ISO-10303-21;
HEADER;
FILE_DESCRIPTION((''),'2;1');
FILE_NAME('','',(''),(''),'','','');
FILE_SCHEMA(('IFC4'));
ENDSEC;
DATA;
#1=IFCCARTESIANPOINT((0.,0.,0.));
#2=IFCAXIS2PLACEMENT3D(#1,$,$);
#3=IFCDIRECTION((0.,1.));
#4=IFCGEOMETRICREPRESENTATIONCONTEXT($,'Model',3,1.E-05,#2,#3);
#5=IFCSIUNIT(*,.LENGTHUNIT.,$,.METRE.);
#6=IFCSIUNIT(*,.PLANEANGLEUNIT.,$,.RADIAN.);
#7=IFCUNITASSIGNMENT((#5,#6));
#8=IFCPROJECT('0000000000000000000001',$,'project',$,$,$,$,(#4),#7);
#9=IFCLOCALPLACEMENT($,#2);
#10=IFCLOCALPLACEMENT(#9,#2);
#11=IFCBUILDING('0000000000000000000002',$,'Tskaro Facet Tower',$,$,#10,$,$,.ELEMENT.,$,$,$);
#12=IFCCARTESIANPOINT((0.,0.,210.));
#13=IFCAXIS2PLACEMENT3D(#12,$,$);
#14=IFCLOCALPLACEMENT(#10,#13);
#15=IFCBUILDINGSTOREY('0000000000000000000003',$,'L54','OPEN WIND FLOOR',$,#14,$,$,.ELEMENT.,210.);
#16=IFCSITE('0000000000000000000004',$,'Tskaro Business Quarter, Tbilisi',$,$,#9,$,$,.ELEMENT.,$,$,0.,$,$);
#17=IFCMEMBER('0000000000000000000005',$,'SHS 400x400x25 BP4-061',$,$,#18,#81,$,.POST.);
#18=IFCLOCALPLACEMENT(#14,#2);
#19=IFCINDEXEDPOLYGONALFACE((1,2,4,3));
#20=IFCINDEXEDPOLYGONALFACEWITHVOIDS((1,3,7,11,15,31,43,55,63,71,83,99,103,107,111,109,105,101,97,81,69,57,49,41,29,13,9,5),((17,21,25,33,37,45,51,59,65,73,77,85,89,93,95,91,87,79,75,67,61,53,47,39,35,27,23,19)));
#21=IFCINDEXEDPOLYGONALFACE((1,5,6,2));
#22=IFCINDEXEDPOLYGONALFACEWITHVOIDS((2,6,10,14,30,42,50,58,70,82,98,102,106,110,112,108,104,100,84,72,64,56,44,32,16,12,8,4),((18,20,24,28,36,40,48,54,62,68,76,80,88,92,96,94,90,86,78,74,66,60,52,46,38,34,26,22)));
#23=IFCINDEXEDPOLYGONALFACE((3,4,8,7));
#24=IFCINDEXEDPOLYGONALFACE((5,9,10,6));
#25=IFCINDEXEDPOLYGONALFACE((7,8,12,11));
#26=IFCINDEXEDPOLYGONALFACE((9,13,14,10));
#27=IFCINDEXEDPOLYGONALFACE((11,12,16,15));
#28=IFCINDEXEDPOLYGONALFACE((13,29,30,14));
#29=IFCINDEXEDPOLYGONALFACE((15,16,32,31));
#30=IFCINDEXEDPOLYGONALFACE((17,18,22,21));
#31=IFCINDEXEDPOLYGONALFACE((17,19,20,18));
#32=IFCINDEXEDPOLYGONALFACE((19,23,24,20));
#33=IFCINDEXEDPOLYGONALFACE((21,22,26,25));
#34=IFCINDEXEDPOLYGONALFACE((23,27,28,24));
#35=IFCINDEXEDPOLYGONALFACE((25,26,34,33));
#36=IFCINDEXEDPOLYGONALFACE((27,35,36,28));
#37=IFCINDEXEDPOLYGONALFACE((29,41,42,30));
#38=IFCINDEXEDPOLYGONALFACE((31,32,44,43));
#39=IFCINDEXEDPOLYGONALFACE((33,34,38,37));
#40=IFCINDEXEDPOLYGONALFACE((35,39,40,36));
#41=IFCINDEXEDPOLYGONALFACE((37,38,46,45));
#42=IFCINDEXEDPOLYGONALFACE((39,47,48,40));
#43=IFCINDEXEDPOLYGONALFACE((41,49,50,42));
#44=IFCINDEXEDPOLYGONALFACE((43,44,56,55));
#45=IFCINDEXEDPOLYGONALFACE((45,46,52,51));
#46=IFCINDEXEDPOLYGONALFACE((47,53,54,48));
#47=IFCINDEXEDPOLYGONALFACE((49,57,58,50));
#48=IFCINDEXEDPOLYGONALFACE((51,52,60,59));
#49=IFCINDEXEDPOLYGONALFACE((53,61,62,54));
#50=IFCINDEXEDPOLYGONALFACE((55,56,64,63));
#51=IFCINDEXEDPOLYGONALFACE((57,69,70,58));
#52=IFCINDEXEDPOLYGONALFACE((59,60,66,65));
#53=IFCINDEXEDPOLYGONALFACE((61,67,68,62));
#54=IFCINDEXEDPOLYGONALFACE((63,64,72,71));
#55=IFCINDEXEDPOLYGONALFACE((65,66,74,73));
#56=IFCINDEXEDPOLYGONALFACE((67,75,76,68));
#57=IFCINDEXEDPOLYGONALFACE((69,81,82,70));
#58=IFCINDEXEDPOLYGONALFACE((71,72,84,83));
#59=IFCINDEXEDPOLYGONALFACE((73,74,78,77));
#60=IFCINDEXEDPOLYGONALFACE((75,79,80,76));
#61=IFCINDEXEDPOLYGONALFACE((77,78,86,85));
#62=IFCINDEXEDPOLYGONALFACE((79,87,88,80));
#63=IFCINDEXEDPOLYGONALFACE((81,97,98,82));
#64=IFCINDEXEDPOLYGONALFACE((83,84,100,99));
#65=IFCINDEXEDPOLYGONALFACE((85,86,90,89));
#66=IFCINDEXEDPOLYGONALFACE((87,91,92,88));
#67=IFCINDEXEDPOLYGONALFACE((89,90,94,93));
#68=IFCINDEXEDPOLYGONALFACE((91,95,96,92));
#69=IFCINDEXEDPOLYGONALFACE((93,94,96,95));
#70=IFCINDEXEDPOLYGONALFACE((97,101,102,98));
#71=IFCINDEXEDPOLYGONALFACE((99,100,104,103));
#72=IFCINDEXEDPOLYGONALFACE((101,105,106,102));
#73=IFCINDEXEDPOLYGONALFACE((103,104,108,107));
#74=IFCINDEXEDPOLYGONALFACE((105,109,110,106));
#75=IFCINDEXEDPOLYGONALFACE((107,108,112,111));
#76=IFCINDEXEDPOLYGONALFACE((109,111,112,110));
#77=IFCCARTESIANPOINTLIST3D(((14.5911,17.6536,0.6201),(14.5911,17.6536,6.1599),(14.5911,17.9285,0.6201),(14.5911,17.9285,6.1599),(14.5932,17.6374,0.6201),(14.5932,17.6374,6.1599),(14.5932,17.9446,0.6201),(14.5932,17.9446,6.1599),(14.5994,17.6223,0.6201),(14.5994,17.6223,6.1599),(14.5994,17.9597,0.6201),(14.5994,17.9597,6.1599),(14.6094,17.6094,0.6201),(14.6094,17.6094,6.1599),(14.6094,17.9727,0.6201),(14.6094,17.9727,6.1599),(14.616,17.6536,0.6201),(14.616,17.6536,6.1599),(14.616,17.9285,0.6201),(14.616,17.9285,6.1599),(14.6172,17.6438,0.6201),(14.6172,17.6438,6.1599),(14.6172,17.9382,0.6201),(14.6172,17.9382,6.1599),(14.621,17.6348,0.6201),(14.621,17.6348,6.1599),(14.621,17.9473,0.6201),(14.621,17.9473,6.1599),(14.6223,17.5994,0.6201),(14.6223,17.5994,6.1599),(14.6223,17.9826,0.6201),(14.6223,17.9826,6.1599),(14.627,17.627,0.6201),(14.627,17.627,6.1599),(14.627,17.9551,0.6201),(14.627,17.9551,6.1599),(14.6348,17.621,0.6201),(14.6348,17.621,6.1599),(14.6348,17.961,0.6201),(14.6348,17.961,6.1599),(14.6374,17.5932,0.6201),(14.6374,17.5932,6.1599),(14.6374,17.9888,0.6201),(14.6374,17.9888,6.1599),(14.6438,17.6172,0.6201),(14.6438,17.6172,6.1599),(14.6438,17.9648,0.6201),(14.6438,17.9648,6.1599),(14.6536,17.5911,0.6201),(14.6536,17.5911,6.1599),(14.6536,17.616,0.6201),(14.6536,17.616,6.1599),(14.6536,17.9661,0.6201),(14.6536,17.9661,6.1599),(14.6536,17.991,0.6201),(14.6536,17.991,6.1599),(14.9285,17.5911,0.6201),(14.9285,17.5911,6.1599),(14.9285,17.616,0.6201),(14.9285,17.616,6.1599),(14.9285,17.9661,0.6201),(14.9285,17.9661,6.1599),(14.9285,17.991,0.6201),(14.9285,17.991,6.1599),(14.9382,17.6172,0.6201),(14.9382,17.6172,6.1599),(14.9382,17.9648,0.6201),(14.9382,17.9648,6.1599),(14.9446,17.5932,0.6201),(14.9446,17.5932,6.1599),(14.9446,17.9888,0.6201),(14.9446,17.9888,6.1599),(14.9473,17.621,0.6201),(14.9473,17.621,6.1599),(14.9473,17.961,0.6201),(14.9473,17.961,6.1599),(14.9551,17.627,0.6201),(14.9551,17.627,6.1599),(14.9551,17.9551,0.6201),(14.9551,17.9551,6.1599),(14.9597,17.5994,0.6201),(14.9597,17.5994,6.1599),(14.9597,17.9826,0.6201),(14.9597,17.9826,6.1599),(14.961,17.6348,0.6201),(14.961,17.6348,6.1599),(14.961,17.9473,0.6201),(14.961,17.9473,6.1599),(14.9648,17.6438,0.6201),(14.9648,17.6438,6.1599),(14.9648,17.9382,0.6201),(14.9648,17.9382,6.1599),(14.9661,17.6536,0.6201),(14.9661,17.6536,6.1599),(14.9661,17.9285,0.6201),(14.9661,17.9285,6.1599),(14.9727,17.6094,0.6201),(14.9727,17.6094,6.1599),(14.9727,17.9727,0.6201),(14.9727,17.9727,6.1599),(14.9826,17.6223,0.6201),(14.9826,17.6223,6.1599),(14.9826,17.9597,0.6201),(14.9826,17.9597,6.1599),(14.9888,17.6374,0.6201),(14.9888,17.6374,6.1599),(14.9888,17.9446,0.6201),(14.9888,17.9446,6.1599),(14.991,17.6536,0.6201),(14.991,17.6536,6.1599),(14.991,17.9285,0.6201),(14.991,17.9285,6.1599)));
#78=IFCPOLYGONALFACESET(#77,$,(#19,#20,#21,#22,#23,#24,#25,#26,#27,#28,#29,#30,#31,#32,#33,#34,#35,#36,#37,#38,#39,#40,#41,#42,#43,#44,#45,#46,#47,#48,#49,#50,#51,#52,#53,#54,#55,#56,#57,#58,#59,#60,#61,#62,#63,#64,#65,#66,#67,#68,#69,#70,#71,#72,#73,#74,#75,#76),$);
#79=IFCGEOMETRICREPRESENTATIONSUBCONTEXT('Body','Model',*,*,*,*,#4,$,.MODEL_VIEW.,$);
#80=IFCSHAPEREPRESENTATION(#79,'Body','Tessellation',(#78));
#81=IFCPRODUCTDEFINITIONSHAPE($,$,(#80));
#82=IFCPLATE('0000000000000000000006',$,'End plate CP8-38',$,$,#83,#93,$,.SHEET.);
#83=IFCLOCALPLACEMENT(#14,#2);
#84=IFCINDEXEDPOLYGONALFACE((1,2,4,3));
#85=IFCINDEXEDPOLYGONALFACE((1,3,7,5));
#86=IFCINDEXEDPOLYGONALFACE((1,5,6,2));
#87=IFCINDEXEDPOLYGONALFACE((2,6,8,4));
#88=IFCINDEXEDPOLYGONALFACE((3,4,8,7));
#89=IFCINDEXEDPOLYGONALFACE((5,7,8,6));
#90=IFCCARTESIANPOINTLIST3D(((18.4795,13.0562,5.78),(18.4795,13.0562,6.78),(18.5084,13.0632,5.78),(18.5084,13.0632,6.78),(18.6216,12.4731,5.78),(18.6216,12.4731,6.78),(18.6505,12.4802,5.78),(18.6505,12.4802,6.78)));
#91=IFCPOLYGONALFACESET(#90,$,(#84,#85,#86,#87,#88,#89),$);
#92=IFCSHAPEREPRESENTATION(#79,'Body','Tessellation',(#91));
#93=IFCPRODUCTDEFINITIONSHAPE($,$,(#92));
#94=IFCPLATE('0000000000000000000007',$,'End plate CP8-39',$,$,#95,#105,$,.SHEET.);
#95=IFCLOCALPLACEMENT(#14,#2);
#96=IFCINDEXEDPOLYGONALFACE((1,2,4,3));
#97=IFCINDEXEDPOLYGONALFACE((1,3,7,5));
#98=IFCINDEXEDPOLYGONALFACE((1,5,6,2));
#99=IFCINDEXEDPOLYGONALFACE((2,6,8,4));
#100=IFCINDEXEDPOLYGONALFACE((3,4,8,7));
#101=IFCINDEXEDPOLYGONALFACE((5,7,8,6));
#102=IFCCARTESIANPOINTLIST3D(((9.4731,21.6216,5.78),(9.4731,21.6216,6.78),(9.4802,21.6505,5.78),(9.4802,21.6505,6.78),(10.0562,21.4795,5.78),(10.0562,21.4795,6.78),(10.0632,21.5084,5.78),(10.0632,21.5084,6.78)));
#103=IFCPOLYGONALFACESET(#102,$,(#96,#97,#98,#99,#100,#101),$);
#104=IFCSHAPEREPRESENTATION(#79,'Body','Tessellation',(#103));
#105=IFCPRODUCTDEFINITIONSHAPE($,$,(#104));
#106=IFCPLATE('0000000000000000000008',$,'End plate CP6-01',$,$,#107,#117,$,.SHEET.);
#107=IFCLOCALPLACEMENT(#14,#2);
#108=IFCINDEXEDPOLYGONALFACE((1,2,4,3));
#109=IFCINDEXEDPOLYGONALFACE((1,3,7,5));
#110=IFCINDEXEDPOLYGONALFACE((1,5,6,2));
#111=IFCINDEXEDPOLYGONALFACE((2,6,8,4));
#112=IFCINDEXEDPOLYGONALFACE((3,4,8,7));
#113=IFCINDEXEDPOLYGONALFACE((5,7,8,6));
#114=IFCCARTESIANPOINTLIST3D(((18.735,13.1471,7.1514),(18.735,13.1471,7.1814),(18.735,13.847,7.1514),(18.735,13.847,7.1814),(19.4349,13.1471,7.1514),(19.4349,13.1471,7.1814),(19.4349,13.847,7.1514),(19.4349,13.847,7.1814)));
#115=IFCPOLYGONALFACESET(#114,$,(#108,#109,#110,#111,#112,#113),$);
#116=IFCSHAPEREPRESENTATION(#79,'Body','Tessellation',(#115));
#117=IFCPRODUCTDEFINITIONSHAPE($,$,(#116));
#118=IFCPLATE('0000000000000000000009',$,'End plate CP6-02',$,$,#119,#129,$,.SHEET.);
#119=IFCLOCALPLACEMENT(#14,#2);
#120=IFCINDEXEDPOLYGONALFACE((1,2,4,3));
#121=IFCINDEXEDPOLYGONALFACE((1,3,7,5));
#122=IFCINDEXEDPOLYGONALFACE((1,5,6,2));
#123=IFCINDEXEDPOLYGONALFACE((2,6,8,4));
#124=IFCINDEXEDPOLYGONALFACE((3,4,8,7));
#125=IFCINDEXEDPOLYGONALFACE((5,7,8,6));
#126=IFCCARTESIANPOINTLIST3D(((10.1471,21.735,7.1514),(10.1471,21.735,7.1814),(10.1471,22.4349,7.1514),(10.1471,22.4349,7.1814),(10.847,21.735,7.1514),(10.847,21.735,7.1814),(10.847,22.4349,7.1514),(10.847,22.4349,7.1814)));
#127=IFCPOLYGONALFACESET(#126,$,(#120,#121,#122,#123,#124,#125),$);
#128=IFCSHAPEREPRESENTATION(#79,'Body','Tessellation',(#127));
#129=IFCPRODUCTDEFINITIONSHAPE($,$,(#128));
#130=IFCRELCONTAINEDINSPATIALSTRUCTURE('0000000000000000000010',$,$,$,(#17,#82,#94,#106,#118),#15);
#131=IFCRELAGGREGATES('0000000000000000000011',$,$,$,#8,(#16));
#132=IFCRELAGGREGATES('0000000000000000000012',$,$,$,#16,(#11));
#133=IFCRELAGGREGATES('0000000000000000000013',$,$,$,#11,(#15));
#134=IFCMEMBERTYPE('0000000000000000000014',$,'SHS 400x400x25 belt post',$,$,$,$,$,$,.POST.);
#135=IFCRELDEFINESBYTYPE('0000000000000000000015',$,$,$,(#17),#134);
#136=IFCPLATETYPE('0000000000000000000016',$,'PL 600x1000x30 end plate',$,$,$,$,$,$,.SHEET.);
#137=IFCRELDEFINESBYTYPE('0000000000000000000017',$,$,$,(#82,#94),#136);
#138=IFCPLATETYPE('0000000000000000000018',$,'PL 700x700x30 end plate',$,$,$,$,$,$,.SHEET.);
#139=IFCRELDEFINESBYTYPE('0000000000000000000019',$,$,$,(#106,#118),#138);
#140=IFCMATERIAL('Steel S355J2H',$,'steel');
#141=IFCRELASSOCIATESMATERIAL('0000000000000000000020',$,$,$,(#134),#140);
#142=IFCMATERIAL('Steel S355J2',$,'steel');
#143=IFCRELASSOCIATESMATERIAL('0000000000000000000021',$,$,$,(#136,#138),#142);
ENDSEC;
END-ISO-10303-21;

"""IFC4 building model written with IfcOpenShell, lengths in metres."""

from ifc_helpers import new_model, si_unit, direction, frame, origin, origin_2d, place, context, subcontext, project, spatial, rectangle, hollow_rectangle, extrude, material, material_profile, profile_set, type_object, element, save


model = new_model("IFC4")

# Units and contexts
model_context = context("Model", 3, precision=1e-05, world=origin(), true_north=direction((0.0, 1.0)))
body_context = subcontext(model_context, "Body", "Model", "MODEL_VIEW")
ifc_project = project(units=[si_unit("LENGTHUNIT", "METRE"), si_unit("PLANEANGLEUNIT", "RADIAN")], contexts=[model_context])

# Site, building, storey
site_placement = place(None, origin())
site = spatial("IfcSite", under=ifc_project, at=site_placement, Name="Tskaro Business Quarter, Tbilisi", CompositionType="ELEMENT", RefElevation=0.0)
building_placement = place(site_placement, origin())
building = spatial("IfcBuilding", under=site, at=building_placement, Name="Tskaro Facet Tower", CompositionType="ELEMENT")
storey_placement = place(building_placement, frame((0.0, 0.0, 210.0)))
storey = spatial("IfcBuildingStorey", under=building, at=storey_placement, Name="L54", Description="OPEN WIND FLOOR", CompositionType="ELEMENT", Elevation=210.0)

# Shared definitions
ifc_material_1 = material(Name="Steel S355J2H", Category="steel")

# Shared definitions
ifc_material_2 = material(Name="Steel S355J2", Category="steel")

# Member
ifc_material_profile_1 = material_profile(ifc_material_1, hollow_rectangle(XDim=0.3999, YDim=0.3999, WallThickness=0.0249, InnerFilletRadius=0.0376, OuterFilletRadius=0.0625, at=origin_2d()), Name="SHS 400x400x25")
ifc_profile_set_1 = profile_set([ifc_material_profile_1], Name="Steel S355J2H")
member_type_1 = type_object("IfcMemberType", Name="SHS 400x400x25 belt post", PredefinedType="POST", material=ifc_profile_set_1)
member_1_placement = place(storey_placement, frame((14.791, 17.791, 0.6201), z_axis=(0.0, 0.0, 1.0), x_axis=(1.0, 0.0, 0.0)))
element("IfcMember", 1, at=member_1_placement, inside=storey, type_object=member_type_1, Name="SHS 400x400x25 BP4-061", PredefinedType="POST", context=body_context, shape_type="SweptSolid", body=[
    extrude(hollow_rectangle(XDim=0.3999, YDim=0.3999, WallThickness=0.0249, InnerFilletRadius=0.0376, OuterFilletRadius=0.0625, at=origin_2d()), origin(), (0.0, 0.0, 1.0), 5.5398),
])

# Plates
ifc_material_profile_2 = material_profile(ifc_material_2, rectangle(XDim=0.6001, YDim=1.0, at=origin_2d()), Name="PL 600x1000x30 end plate")
ifc_profile_set_2 = profile_set([ifc_material_profile_2], Name="Steel S355J2")
plate_type_1 = type_object("IfcPlateType", Name="PL 600x1000x30 end plate", PredefinedType="SHEET", material=ifc_profile_set_2)
for number, where, z_axis, x_axis, name in (
    (2, (18.5505, 12.7646, 6.28), (0.971566, 0.236768, 0.0), (-0.236768, 0.971566, 0.0), "End plate CP8-38"),
    (3, (9.7646, 21.5505, 6.28), (0.236768, 0.971566, 0.0), (-0.971566, 0.236768, 0.0), "End plate CP8-39"),
):
    element("IfcPlate", number, at=place(storey_placement, frame(where, z_axis=z_axis, x_axis=x_axis)), inside=storey, type_object=plate_type_1, Name=name, PredefinedType="SHEET", context=body_context, shape_type="SweptSolid", body=[
        extrude(rectangle(XDim=0.6001, YDim=1.0, at=origin_2d()), origin(), (0.0, 0.0, 1.0), 0.0298),
    ])
ifc_material_profile_3 = material_profile(ifc_material_2, rectangle(XDim=0.7, YDim=0.7, at=origin_2d()), Name="PL 700x700x30 end plate")
ifc_profile_set_3 = profile_set([ifc_material_profile_3], Name="Steel S355J2")
plate_type_2 = type_object("IfcPlateType", Name="PL 700x700x30 end plate", PredefinedType="SHEET", material=ifc_profile_set_3)
for number, where, z_axis, x_axis, name in (
    (4, (19.085, 13.4971, 7.1514), (0.0, 0.0, 1.0), (1.0, 0.0, 0.0), "End plate CP6-01"),
    (5, (10.4971, 22.085, 7.1514), (0.0, 0.0, 1.0), (1.0, 0.0, 0.0), "End plate CP6-02"),
):
    element("IfcPlate", number, at=place(storey_placement, frame(where, z_axis=z_axis, x_axis=x_axis)), inside=storey, type_object=plate_type_2, Name=name, PredefinedType="SHEET", context=body_context, shape_type="SweptSolid", body=[
        extrude(rectangle(XDim=0.7, YDim=0.7, at=origin_2d()), origin(), (0.0, 0.0, 1.0), 0.03),
    ])

save(model, "model.ifc")
